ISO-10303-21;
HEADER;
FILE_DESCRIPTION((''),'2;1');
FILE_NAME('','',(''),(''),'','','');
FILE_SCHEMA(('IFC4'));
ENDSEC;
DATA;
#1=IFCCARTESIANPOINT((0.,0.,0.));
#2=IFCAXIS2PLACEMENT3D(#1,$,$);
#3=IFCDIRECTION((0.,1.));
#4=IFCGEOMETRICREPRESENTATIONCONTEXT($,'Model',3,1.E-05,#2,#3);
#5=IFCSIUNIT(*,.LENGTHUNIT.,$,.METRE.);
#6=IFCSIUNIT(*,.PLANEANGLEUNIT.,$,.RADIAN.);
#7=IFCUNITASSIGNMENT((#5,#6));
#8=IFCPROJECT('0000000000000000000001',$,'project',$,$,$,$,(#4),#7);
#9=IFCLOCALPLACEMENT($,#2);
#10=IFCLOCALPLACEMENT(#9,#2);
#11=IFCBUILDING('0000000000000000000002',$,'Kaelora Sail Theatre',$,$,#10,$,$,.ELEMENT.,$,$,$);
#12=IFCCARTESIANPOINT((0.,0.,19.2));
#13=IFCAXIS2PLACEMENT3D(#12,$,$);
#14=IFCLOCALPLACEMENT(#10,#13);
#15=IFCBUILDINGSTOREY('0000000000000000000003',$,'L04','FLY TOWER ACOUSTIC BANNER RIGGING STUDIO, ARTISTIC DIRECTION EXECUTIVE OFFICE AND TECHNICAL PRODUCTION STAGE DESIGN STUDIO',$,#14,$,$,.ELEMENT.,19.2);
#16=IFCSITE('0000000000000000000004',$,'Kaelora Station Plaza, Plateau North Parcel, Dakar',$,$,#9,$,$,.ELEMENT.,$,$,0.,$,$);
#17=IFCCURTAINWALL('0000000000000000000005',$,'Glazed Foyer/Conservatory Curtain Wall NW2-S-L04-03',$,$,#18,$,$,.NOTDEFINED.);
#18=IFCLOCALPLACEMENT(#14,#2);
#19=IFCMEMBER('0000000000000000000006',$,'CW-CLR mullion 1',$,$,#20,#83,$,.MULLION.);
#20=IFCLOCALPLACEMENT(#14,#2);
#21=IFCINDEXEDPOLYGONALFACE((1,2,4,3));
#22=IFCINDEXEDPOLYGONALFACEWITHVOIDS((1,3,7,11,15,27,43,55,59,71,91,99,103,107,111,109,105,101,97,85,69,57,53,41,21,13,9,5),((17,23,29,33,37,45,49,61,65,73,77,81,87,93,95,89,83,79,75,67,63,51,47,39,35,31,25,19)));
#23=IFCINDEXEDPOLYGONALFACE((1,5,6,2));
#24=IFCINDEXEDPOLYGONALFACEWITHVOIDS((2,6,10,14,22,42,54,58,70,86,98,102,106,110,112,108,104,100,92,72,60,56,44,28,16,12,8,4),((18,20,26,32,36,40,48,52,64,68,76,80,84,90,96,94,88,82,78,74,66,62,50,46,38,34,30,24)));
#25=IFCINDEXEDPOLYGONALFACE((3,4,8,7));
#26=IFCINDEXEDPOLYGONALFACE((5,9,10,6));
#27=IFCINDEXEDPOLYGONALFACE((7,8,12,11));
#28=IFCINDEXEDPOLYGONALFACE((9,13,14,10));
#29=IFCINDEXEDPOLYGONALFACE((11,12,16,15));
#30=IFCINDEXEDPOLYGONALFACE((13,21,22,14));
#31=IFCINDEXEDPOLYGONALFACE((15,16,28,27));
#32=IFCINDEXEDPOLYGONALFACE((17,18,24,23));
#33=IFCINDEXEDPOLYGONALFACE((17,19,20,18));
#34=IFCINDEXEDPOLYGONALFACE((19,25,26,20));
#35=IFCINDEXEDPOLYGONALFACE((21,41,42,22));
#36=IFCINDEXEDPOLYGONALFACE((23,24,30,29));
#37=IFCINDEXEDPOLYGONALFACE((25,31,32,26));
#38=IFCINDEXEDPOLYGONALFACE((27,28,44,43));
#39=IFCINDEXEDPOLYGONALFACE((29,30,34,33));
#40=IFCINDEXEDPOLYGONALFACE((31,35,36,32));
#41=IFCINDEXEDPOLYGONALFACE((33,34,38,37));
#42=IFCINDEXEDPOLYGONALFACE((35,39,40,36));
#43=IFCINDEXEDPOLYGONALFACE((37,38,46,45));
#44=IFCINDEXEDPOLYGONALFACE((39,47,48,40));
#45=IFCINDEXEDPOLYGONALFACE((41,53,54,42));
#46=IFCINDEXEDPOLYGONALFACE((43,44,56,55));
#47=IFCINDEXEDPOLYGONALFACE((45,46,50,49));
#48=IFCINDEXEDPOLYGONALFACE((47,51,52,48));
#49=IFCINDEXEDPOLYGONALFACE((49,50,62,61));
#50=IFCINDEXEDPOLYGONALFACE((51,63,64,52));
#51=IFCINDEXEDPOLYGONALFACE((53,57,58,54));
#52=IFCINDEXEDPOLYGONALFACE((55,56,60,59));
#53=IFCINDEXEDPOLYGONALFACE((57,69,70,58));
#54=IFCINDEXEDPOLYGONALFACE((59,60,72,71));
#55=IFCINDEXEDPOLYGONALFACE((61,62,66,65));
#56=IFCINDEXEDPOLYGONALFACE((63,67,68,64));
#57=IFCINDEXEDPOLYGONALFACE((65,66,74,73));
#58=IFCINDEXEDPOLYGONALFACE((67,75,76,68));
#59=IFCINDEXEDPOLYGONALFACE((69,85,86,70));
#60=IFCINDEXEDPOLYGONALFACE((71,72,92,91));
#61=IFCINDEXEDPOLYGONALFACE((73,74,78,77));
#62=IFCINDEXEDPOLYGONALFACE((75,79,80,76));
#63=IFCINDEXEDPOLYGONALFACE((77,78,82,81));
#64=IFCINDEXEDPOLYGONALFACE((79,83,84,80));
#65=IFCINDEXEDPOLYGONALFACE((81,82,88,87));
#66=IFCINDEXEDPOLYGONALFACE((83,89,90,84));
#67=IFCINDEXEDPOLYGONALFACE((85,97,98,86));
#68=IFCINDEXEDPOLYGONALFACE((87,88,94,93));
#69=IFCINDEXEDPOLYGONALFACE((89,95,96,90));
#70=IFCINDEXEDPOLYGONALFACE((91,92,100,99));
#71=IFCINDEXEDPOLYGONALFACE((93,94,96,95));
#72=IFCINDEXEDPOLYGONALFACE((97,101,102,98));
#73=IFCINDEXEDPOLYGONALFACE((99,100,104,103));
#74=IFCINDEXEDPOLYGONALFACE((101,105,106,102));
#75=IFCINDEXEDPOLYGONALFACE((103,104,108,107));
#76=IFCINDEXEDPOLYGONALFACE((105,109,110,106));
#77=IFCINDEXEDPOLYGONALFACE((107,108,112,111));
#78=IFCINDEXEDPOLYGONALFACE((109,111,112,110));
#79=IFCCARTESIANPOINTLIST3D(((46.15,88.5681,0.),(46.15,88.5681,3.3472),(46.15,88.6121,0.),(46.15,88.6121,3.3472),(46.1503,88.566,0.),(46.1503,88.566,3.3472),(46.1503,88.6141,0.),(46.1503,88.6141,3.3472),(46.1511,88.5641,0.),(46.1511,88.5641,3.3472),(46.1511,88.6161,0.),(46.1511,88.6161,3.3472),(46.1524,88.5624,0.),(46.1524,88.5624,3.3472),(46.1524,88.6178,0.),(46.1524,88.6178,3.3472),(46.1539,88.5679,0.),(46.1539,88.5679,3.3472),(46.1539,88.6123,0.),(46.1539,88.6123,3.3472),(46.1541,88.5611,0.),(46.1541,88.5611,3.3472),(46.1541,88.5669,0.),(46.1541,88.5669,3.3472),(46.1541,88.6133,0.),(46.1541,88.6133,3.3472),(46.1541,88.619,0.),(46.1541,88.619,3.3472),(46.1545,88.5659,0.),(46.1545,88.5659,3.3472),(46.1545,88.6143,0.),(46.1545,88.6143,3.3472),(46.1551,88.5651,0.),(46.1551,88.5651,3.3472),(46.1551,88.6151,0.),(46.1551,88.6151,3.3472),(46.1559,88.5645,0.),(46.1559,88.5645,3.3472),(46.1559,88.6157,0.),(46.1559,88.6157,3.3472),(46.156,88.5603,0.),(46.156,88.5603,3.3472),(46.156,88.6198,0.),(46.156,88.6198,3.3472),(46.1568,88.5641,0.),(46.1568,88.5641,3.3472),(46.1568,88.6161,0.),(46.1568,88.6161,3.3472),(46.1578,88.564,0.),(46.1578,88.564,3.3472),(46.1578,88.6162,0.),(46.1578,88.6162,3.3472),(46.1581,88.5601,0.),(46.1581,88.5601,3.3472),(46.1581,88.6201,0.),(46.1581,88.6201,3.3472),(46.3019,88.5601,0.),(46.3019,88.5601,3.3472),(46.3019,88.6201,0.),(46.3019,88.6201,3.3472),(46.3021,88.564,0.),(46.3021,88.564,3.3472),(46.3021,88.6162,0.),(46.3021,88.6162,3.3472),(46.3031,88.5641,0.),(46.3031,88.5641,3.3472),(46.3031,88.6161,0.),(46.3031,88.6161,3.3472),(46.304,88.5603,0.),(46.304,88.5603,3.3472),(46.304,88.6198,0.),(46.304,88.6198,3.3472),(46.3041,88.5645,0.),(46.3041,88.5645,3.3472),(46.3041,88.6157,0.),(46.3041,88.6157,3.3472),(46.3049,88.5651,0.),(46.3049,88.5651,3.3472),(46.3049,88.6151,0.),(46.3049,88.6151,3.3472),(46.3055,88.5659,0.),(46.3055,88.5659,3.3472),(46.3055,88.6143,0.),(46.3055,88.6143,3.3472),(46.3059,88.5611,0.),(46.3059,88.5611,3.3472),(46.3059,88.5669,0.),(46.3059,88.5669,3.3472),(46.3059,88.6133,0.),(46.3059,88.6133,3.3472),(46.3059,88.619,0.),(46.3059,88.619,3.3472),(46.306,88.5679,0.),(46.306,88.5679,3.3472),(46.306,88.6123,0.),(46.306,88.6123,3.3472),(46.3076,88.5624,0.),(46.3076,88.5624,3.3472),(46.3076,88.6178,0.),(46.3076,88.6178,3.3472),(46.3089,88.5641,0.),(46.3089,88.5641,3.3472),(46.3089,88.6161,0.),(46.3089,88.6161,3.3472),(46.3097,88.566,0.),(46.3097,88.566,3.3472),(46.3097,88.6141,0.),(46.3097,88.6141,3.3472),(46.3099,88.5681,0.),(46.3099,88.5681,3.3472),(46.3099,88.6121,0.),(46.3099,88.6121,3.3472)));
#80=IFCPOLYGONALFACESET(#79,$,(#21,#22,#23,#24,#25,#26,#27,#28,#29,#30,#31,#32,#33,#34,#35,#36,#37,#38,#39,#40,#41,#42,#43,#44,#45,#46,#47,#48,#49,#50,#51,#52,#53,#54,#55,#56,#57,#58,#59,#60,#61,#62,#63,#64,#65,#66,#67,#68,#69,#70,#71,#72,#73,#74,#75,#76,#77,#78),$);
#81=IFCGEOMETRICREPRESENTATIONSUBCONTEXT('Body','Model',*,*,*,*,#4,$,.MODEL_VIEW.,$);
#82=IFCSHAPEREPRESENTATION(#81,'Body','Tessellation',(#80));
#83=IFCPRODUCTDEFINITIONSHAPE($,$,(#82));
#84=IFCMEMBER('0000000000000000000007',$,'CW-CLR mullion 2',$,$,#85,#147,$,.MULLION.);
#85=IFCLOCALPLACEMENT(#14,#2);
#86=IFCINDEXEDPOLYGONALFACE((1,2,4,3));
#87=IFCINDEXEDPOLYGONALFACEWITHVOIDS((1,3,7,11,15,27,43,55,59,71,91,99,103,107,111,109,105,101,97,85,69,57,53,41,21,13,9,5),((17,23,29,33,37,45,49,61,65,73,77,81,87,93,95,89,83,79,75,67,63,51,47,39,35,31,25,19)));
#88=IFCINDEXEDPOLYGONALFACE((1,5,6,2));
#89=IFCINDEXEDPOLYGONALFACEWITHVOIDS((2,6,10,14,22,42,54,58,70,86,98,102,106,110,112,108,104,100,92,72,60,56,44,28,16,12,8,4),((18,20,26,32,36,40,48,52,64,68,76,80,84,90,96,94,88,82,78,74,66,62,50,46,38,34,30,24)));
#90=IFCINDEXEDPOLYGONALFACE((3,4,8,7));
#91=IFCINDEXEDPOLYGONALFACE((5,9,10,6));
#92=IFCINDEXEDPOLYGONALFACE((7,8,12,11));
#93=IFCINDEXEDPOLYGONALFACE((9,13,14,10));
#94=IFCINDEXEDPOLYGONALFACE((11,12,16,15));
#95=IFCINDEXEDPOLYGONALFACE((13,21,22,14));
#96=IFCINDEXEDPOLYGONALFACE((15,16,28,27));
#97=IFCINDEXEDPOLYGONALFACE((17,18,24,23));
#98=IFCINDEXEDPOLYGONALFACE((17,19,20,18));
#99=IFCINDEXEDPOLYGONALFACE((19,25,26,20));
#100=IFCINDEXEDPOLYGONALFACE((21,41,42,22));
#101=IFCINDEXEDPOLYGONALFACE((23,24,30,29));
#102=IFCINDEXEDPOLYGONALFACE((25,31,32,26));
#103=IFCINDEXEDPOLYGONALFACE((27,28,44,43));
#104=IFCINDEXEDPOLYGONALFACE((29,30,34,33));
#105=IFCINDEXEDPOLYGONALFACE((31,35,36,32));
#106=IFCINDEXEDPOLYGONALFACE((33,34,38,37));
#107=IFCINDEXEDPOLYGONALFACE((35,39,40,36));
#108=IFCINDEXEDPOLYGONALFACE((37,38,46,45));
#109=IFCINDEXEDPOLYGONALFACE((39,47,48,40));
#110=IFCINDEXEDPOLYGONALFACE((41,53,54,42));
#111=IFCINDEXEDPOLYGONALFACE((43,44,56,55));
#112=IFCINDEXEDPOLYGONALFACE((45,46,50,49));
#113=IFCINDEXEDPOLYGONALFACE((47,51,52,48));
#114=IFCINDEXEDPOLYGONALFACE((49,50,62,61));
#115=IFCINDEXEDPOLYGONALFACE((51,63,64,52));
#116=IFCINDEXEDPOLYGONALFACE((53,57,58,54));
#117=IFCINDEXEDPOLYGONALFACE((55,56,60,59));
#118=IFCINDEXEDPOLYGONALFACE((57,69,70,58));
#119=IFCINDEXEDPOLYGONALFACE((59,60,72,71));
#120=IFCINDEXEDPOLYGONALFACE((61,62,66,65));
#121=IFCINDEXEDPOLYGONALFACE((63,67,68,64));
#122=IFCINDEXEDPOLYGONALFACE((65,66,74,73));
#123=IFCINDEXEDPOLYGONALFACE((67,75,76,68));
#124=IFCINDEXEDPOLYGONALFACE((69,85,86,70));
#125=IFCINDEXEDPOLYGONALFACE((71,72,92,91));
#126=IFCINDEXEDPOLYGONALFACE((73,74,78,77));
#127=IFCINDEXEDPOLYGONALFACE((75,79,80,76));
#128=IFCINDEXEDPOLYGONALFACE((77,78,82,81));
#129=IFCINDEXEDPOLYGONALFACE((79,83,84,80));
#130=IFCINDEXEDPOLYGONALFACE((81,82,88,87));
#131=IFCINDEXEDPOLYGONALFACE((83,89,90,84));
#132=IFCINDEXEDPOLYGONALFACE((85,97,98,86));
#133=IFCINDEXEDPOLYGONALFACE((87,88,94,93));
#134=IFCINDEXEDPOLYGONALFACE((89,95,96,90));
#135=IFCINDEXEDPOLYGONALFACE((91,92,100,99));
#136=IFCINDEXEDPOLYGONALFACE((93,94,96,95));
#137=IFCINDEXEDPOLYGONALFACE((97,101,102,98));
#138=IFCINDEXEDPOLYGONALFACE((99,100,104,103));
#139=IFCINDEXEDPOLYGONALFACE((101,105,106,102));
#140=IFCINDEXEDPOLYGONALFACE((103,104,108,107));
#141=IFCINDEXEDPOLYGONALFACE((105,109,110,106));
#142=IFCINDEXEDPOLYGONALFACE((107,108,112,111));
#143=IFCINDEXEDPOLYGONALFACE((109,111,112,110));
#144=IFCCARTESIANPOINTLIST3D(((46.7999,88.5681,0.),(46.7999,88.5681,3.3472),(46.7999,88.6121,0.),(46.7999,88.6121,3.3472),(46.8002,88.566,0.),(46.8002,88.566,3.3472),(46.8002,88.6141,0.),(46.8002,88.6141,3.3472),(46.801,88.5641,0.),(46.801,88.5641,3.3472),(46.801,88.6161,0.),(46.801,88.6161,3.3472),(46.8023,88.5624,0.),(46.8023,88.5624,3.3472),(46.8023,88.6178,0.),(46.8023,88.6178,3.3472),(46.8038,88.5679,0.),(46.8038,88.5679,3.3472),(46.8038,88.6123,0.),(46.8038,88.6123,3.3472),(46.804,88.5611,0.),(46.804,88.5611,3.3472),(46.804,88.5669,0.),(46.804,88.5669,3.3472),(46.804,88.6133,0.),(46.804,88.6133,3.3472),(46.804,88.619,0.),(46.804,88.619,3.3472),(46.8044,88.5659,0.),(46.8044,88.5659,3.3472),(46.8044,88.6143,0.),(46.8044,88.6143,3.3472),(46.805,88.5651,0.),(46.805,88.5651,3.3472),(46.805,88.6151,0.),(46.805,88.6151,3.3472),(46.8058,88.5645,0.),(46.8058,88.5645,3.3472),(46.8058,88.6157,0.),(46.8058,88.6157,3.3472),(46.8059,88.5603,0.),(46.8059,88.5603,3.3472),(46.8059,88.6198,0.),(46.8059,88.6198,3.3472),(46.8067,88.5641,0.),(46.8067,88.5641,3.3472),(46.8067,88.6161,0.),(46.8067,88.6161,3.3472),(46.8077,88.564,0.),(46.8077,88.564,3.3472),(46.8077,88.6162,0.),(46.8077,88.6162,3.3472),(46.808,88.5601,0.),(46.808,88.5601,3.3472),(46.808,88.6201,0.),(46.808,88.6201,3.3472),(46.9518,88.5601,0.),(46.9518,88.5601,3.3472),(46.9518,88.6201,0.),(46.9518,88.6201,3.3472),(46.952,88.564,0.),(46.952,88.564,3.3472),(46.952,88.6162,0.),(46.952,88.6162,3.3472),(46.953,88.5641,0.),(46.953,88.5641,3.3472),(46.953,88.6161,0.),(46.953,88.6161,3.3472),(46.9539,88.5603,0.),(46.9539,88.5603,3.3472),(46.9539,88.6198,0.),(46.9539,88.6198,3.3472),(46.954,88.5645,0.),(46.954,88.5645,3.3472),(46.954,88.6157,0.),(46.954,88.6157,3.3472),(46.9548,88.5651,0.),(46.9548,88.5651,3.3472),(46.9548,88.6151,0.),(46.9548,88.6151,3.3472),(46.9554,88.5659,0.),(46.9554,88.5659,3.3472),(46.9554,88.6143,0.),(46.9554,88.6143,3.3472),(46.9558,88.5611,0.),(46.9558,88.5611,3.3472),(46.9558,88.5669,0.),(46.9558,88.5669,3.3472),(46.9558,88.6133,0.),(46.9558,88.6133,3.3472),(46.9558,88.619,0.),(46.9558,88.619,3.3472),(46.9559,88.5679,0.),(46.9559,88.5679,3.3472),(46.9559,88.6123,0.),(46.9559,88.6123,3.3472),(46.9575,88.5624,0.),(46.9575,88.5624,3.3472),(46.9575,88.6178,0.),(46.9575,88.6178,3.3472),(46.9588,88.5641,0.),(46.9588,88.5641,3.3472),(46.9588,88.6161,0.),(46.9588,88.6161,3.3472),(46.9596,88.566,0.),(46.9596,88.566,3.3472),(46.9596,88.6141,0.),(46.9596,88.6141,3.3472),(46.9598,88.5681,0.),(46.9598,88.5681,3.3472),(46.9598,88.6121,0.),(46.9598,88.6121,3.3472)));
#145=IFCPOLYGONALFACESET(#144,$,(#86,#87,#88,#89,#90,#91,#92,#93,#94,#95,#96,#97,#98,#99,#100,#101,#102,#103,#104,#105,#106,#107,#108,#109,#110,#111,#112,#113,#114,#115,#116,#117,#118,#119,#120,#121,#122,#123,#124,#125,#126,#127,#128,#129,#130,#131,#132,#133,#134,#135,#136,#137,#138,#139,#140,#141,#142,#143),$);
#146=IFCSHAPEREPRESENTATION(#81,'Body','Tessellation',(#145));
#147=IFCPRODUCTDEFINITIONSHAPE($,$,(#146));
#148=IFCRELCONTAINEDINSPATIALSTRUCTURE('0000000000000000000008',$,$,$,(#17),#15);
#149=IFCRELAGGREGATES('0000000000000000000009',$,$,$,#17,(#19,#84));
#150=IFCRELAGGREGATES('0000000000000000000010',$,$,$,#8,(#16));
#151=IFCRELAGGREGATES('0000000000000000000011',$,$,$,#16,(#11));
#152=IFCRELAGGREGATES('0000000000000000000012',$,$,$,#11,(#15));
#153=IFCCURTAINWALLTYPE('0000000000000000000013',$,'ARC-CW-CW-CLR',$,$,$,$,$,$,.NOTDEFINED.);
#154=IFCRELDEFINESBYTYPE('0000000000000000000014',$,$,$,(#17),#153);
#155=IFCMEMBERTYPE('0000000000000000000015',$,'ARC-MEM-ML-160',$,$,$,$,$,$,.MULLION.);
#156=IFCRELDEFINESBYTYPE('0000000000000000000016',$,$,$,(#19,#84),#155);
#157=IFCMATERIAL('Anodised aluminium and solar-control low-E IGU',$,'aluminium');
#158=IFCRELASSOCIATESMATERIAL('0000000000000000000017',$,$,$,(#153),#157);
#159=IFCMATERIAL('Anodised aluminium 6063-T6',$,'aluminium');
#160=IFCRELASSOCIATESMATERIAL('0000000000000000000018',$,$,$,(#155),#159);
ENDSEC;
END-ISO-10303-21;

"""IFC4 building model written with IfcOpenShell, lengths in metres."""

from ifc_helpers import new_model, si_unit, direction, frame, origin, origin_2d, place, context, subcontext, project, spatial, hollow_rectangle, extrude, material, material_profile, profile_set, type_object, element, aggregate, save


model = new_model("IFC4")

# Units and contexts
model_context = context("Model", 3, precision=1e-05, world=origin(), true_north=direction((0.0, 1.0)))
body_context = subcontext(model_context, "Body", "Model", "MODEL_VIEW")
ifc_project = project(units=[si_unit("LENGTHUNIT", "METRE"), si_unit("PLANEANGLEUNIT", "RADIAN")], contexts=[model_context])

# Site, building, storey
site_placement = place(None, origin())
site = spatial("IfcSite", under=ifc_project, at=site_placement, Name="Kaelora Station Plaza, Plateau North Parcel, Dakar", CompositionType="ELEMENT", RefElevation=0.0)
building_placement = place(site_placement, origin())
building = spatial("IfcBuilding", under=site, at=building_placement, Name="Kaelora Sail Theatre", CompositionType="ELEMENT")
storey_placement = place(building_placement, frame((0.0, 0.0, 19.2)))
storey = spatial("IfcBuildingStorey", under=building, at=storey_placement, Name="L04", Description="FLY TOWER ACOUSTIC BANNER RIGGING STUDIO, ARTISTIC DIRECTION EXECUTIVE OFFICE AND TECHNICAL PRODUCTION STAGE DESIGN STUDIO", CompositionType="ELEMENT", Elevation=19.2)

# Curtain wall, members
ifc_material_1 = material(Name="Anodised aluminium and solar-control low-E IGU", Category="aluminium")
curtain_wall_type = type_object("IfcCurtainWallType", Name="ARC-CW-CW-CLR", PredefinedType="NOTDEFINED", material=ifc_material_1)
curtain_wall_placement = place(storey_placement, origin())
curtain_wall = element("IfcCurtainWall", 1, at=curtain_wall_placement, inside=storey, type_object=curtain_wall_type, Name="Glazed Foyer/Conservatory Curtain Wall NW2-S-L04-03", PredefinedType="NOTDEFINED")
ifc_material_2 = material(Name="Anodised aluminium 6063-T6", Category="aluminium")
ifc_material_profile_1 = material_profile(ifc_material_2, hollow_rectangle(XDim=0.0601, YDim=0.1599, WallThickness=0.0039, InnerFilletRadius=0.0039, OuterFilletRadius=0.0081, at=origin_2d()), Name="ALU-MULL 60x160x4")
ifc_profile_set_1 = profile_set([ifc_material_profile_1], Name="Anodised aluminium 6063-T6")
member_type_1 = type_object("IfcMemberType", Name="ARC-MEM-ML-160", PredefinedType="MULLION", material=ifc_profile_set_1)
member_1_placement = place(storey_placement, frame((46.23, 88.5901, 0.0), z_axis=(0.0, 0.0, 1.0), x_axis=(0.0, 1.0, 0.0)))
member_1 = element("IfcMember", 2, at=member_1_placement, type_object=member_type_1, Name="CW-CLR mullion 1", PredefinedType="MULLION", context=body_context, shape_type="SweptSolid", body=[
    extrude(hollow_rectangle(XDim=0.0601, YDim=0.1599, WallThickness=0.0039, InnerFilletRadius=0.0039, OuterFilletRadius=0.0081, at=origin_2d()), origin(), (0.0, 0.0, 1.0), 3.3472),
])
member_2_placement = place(storey_placement, frame((46.8799, 88.5901, 0.0), z_axis=(0.0, 0.0, 1.0), x_axis=(0.0, 1.0, 0.0)))
member_2 = element("IfcMember", 3, at=member_2_placement, type_object=member_type_1, Name="CW-CLR mullion 2", PredefinedType="MULLION", context=body_context, shape_type="SweptSolid", body=[
    extrude(hollow_rectangle(XDim=0.0601, YDim=0.1599, WallThickness=0.0039, InnerFilletRadius=0.0039, OuterFilletRadius=0.0081, at=origin_2d()), origin(), (0.0, 0.0, 1.0), 3.3472),
])
aggregate(curtain_wall, [member_1, member_2])

save(model, "model.ifc")
